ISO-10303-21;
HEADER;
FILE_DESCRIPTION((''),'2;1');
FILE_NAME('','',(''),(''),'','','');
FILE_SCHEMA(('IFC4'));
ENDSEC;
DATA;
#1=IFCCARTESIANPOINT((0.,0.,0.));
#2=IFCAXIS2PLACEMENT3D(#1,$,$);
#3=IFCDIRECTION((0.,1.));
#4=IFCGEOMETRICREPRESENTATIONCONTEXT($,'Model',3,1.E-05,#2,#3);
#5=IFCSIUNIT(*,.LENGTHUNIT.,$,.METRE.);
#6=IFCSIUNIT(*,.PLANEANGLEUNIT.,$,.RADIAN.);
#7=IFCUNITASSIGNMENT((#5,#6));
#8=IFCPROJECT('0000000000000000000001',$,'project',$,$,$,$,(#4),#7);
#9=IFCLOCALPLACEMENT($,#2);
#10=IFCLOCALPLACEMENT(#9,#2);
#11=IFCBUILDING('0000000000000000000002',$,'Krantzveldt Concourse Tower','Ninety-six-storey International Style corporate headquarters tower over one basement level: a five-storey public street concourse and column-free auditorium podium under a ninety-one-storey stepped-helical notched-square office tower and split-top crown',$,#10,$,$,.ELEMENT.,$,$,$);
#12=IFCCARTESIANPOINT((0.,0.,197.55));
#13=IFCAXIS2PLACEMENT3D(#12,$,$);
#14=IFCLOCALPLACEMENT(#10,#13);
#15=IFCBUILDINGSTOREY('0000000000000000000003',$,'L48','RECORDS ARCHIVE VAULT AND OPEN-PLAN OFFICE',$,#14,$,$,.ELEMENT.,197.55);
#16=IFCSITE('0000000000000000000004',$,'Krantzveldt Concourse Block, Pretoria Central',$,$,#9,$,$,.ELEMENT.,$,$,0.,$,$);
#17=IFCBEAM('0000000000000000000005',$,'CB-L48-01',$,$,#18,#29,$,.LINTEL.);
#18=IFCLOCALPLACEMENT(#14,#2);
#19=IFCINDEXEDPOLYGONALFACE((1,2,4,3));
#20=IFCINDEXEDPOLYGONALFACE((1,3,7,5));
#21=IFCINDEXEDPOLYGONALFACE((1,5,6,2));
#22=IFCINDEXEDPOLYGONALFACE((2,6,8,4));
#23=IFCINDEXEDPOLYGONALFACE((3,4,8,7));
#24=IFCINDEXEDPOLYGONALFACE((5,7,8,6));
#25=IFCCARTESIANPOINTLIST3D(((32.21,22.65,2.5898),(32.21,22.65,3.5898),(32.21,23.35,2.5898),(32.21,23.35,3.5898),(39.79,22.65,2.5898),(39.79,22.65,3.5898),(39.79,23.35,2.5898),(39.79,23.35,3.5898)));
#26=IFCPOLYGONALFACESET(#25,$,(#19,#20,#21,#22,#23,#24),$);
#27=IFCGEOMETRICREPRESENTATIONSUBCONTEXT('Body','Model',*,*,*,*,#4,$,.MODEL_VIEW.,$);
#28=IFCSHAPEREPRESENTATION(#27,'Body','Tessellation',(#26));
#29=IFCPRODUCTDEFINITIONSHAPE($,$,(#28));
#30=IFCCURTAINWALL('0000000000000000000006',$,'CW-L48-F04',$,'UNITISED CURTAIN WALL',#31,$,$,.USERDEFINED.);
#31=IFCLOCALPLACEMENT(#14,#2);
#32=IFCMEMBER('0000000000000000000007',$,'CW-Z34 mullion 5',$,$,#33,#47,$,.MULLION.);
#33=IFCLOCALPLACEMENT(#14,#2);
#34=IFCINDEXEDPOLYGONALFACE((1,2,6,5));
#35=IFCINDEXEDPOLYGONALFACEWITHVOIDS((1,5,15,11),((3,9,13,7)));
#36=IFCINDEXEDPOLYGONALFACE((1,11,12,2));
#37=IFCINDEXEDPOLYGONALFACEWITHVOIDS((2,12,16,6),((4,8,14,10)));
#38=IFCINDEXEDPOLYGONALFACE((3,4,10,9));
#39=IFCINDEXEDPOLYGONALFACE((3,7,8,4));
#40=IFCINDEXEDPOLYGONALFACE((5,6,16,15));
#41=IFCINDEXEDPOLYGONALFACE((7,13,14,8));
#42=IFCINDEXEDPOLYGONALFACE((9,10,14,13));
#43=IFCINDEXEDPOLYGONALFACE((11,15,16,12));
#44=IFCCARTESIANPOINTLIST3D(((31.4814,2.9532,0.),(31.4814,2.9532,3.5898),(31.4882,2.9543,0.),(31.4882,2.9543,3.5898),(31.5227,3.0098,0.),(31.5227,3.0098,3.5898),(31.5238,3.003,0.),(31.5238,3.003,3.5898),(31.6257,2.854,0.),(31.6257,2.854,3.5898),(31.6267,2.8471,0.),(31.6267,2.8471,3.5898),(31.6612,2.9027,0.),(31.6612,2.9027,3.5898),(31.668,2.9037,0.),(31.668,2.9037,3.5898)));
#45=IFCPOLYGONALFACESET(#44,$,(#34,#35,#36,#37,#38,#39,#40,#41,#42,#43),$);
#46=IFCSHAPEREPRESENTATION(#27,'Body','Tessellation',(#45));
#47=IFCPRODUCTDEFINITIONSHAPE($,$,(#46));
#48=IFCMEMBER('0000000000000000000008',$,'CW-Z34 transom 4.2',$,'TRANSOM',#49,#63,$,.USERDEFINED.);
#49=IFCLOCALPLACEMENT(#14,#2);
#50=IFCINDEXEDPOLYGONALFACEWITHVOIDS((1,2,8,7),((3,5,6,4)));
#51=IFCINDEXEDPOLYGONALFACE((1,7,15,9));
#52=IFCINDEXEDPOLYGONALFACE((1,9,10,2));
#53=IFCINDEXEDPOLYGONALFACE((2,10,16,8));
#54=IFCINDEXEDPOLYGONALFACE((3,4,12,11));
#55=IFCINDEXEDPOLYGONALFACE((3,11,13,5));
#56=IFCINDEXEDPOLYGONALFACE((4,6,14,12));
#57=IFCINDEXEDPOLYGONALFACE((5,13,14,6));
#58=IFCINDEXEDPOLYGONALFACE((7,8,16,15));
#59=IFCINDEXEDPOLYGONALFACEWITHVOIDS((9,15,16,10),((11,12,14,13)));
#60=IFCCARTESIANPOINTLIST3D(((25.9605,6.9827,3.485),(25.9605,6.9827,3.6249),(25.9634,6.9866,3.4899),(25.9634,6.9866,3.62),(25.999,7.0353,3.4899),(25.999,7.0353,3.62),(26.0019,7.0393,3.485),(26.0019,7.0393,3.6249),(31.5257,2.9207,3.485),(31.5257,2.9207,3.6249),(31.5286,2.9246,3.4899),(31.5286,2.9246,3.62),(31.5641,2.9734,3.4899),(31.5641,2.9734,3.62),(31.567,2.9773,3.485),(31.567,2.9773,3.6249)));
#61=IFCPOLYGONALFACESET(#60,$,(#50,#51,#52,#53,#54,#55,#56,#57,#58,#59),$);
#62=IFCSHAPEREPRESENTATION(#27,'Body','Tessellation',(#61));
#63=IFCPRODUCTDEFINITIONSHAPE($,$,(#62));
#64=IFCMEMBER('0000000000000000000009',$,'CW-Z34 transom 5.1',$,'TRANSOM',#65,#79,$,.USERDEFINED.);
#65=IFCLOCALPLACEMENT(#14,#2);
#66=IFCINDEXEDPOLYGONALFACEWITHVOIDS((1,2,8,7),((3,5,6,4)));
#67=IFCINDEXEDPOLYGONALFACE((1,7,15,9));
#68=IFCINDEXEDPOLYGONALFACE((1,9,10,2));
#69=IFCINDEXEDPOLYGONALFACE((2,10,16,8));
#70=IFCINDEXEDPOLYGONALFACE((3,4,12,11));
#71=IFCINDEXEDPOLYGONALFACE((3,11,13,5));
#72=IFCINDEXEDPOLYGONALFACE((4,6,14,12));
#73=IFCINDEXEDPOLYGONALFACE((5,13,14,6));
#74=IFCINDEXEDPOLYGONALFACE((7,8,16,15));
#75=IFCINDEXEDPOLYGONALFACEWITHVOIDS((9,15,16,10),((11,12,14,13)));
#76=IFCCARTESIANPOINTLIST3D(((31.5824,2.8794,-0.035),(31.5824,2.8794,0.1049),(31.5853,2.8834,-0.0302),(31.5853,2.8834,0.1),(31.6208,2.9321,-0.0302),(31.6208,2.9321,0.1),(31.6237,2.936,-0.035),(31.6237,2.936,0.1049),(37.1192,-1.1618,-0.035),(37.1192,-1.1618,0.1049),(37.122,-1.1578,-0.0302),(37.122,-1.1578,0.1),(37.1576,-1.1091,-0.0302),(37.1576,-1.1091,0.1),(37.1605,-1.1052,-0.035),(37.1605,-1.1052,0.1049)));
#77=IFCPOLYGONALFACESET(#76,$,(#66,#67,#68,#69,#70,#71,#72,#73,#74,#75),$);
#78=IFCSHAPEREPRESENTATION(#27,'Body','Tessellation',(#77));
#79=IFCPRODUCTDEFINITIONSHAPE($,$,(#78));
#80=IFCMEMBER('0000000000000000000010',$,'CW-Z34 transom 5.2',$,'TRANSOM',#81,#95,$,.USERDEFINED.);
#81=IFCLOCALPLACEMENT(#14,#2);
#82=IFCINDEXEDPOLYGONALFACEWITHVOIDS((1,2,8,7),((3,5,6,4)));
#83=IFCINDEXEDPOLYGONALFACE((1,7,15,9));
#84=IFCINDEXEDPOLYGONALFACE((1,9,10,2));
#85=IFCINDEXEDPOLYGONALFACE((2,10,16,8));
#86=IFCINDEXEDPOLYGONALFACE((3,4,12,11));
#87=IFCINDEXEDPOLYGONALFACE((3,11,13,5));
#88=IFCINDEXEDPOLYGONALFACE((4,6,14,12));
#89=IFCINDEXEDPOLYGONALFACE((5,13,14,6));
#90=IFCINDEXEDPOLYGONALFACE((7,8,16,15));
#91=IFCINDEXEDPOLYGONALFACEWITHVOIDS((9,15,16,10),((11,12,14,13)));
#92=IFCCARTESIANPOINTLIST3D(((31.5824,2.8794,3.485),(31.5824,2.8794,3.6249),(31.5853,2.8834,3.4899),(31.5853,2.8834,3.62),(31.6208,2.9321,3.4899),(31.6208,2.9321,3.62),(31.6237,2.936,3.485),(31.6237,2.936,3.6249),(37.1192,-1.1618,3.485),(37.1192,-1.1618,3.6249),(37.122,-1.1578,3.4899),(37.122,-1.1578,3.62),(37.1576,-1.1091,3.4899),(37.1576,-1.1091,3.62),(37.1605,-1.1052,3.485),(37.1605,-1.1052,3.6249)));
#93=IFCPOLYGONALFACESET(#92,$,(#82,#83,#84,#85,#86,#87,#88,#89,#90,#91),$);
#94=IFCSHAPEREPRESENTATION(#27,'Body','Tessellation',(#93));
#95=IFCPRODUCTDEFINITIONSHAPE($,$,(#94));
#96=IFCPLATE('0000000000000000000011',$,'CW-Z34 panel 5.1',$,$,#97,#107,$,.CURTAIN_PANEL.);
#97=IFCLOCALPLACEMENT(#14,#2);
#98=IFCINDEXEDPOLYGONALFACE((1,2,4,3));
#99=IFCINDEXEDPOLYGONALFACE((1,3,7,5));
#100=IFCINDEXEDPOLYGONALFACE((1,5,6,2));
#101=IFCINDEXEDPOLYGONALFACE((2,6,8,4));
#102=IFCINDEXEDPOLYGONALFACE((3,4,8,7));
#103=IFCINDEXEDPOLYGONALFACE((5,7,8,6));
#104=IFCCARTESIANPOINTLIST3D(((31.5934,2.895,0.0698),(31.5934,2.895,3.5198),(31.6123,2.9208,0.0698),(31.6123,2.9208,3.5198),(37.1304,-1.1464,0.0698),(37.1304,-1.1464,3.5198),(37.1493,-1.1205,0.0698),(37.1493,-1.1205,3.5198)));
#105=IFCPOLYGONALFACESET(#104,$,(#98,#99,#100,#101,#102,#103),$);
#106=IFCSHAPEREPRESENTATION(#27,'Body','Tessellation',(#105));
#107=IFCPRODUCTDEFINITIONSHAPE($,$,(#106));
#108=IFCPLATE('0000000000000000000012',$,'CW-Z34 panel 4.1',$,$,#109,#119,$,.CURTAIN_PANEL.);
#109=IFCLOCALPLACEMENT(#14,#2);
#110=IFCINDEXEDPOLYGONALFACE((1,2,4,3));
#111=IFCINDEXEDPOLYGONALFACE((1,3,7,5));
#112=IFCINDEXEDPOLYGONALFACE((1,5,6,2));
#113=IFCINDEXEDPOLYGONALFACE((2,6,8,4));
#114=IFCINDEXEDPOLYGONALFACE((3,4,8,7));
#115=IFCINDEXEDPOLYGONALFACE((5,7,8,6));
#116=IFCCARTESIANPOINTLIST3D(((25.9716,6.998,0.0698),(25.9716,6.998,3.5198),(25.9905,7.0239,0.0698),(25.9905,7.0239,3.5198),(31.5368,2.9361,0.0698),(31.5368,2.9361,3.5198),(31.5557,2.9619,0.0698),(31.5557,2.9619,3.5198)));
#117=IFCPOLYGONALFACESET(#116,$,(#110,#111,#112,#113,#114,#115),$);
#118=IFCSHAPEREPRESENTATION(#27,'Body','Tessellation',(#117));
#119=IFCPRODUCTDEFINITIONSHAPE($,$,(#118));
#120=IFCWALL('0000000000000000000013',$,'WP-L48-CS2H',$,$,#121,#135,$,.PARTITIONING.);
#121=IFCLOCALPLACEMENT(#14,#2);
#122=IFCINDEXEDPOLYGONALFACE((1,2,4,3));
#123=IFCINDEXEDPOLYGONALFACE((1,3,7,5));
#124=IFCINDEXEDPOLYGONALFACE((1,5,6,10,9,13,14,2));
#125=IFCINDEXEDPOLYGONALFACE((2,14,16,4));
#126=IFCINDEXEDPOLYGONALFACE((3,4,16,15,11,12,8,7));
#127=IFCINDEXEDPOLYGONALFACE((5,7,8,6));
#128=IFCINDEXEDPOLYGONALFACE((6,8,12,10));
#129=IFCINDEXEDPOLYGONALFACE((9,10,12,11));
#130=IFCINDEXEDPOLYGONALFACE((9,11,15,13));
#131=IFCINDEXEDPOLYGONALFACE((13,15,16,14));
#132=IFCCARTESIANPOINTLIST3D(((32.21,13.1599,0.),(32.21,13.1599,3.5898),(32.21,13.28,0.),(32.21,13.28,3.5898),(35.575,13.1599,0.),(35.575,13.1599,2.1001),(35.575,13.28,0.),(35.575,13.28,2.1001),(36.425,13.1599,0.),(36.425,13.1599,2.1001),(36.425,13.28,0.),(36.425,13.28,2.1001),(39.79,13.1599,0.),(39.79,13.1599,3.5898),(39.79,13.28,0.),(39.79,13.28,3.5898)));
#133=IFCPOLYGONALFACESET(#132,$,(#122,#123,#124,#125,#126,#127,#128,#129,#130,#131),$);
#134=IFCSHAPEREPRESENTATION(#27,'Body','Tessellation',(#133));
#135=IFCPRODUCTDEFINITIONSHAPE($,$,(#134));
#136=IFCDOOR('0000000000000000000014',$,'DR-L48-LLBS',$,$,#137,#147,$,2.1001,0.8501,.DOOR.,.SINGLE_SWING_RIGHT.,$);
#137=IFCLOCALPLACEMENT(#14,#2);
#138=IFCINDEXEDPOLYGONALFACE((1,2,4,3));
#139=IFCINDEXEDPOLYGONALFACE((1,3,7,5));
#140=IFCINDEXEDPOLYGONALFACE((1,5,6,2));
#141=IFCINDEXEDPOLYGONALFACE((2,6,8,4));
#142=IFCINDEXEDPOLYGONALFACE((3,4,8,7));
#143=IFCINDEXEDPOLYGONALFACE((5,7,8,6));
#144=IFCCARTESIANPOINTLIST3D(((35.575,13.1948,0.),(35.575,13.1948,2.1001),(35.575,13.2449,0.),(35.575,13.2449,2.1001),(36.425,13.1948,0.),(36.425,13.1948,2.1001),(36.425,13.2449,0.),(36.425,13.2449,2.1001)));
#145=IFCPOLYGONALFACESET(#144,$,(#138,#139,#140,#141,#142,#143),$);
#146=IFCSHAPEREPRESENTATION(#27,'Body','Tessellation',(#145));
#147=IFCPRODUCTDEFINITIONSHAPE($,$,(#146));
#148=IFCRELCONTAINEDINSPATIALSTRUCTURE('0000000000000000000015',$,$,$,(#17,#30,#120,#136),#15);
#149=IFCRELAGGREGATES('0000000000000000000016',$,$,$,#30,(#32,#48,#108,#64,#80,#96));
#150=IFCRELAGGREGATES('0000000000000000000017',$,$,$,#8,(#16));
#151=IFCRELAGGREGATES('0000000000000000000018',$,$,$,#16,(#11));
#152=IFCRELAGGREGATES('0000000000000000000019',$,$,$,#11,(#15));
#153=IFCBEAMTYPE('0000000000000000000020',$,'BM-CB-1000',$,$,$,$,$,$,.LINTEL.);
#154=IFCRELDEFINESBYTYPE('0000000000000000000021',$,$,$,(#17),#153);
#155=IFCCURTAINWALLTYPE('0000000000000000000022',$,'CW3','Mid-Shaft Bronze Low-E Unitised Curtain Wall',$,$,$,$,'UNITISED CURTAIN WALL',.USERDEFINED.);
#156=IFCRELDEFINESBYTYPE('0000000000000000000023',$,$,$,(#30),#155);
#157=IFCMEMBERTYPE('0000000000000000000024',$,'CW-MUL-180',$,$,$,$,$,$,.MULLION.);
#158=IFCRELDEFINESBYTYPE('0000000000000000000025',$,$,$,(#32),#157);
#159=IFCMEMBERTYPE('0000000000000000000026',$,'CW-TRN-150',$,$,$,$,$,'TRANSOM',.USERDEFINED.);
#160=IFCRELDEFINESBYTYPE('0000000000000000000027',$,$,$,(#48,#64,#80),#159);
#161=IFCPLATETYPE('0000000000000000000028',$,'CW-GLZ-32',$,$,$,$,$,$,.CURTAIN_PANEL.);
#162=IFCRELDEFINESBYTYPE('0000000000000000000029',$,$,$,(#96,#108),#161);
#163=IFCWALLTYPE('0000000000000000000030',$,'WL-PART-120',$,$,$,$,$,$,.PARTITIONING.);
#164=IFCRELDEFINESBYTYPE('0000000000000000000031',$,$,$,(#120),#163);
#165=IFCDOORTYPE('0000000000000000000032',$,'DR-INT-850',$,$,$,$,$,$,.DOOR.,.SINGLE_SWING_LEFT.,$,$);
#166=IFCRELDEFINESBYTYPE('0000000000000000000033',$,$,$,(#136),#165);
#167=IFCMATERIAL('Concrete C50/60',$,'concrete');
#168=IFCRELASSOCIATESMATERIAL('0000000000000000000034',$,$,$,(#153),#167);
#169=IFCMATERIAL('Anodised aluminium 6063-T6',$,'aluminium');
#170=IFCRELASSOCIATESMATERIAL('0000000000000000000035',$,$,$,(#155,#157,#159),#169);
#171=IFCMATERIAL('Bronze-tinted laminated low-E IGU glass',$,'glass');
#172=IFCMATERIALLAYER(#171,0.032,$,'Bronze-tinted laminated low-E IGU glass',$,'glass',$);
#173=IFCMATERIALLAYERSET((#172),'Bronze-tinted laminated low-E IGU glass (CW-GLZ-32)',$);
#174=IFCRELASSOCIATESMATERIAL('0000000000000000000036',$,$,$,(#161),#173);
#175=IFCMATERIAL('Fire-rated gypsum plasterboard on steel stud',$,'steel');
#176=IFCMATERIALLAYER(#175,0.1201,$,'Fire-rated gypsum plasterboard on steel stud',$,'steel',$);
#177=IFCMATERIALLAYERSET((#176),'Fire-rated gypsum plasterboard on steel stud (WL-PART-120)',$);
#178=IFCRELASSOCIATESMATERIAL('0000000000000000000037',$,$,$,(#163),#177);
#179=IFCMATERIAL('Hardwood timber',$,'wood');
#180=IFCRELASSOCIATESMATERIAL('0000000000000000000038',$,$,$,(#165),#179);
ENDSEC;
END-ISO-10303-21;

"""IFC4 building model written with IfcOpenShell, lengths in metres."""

from ifc_helpers import new_model, si_unit, direction, frame, frame_2d, origin, origin_2d, place, context, subcontext, project, spatial, rectangle, hollow_rectangle, extrude, source, transform, mapped, material, layer, layer_set, material_profile, profile_set, type_object, type_shapes, element, fill, aggregate, save


model = new_model("IFC4")

# Units and contexts
model_context = context("Model", 3, precision=1e-05, world=origin(), true_north=direction((0.0, 1.0)))
body_context = subcontext(model_context, "Body", "Model", "MODEL_VIEW")
ifc_project = project(units=[si_unit("LENGTHUNIT", "METRE"), si_unit("PLANEANGLEUNIT", "RADIAN")], contexts=[model_context])

# Site, building, storey
site_placement = place(None, origin())
site = spatial("IfcSite", under=ifc_project, at=site_placement, Name="Krantzveldt Concourse Block, Pretoria Central", CompositionType="ELEMENT", RefElevation=0.0)
building_placement = place(site_placement, origin())
building = spatial("IfcBuilding", under=site, at=building_placement, Name="Krantzveldt Concourse Tower", Description="Ninety-six-storey International Style corporate headquarters tower over one basement level: a five-storey public street concourse and column-free auditorium podium under a ninety-one-storey stepped-helical notched-square office tower and split-top crown", CompositionType="ELEMENT")
storey_placement = place(building_placement, frame((0.0, 0.0, 197.55)))
storey = spatial("IfcBuildingStorey", under=building, at=storey_placement, Name="L48", Description="RECORDS ARCHIVE VAULT AND OPEN-PLAN OFFICE", CompositionType="ELEMENT", Elevation=197.55)

# Beam
ifc_material_1 = material(Name="Concrete C50/60", Category="concrete")
ifc_material_profile_1 = material_profile(ifc_material_1, rectangle(XDim=0.7, YDim=1.0, at=origin_2d()), Name="Concrete C50/60", Category="concrete")
ifc_profile_set_1 = profile_set([ifc_material_profile_1], Name="Concrete C50/60 - RC-CB 700x1000")
beam_type = type_object("IfcBeamType", Name="BM-CB-1000", PredefinedType="LINTEL", material=ifc_profile_set_1)
shared_shape_1 = source(origin(), body_context, "Body", "SweptSolid", [
    extrude(rectangle(XDim=0.7, YDim=1.0, at=origin_2d()), origin(), (0.0, 0.0, 1.0), 7.5801),
])
type_shapes(beam_type, [shared_shape_1])
beam_placement = place(storey_placement, frame((32.21, 23.0, 3.0898), z_axis=(1.0, 0.0, 0.0), x_axis=(0.0, 1.0, 0.0)))
element("IfcBeam", 1, at=beam_placement, inside=storey, type_object=beam_type, Name="CB-L48-01", PredefinedType="LINTEL", context=body_context, shape_type="MappedRepresentation", body=[
    mapped(shared_shape_1, transform((0.0, 0.0, 0.0), x_axis=(1.0, 0.0, 0.0), y_axis=(0.0, 1.0, 0.0), z_axis=(0.0, 0.0, 1.0), scale=1.0)),
])

# Curtain wall, members, plates
ifc_material_2 = material(Name="Anodised aluminium 6063-T6", Category="aluminium")
curtain_wall_type = type_object("IfcCurtainWallType", Name="CW3", Description="Mid-Shaft Bronze Low-E Unitised Curtain Wall", ElementType="UNITISED CURTAIN WALL", PredefinedType="USERDEFINED", material=ifc_material_2)
curtain_wall_placement = place(storey_placement, origin())
curtain_wall = element("IfcCurtainWall", 2, at=curtain_wall_placement, inside=storey, type_object=curtain_wall_type, Name="CW-L48-F04", ObjectType="UNITISED CURTAIN WALL", PredefinedType="USERDEFINED")
ifc_material_profile_2 = material_profile(ifc_material_2, hollow_rectangle(XDim=0.0701, YDim=0.1799, WallThickness=0.0049, at=origin_2d()), Name="Anodised aluminium 6063-T6", Category="aluminium")
ifc_profile_set_2 = profile_set([ifc_material_profile_2], Name="Anodised aluminium 6063-T6 - ALU-MULL 180x70x5")
member_type_1 = type_object("IfcMemberType", Name="CW-MUL-180", PredefinedType="MULLION", material=ifc_profile_set_2)
shared_shape_2 = source(origin(), body_context, "Body", "SweptSolid", [
    extrude(hollow_rectangle(XDim=0.0701, YDim=0.1799, WallThickness=0.0049, at=origin_2d()), origin(), (0.0, 0.0, 1.0), 3.5898),
])
type_shapes(member_type_1, [shared_shape_2])
member_1_placement = place(storey_placement, frame((31.5747, 2.9285, 0.0), z_axis=(0.0, 0.0, 1.0), x_axis=(0.589549, 0.807733, 0.0)))
member_1 = element("IfcMember", 3, at=member_1_placement, type_object=member_type_1, Name="CW-Z34 mullion 5", PredefinedType="MULLION", context=body_context, shape_type="MappedRepresentation", body=[
    mapped(shared_shape_2, transform((0.0, 0.0, 0.0), x_axis=(1.0, 0.0, 0.0), y_axis=(0.0, 1.0, 0.0), z_axis=(0.0, 0.0, 1.0), scale=1.0)),
])
ifc_material_profile_3 = material_profile(ifc_material_2, hollow_rectangle(XDim=0.0701, YDim=0.1399, WallThickness=0.0049, at=origin_2d()), Name="Anodised aluminium 6063-T6", Category="aluminium")
ifc_profile_set_3 = profile_set([ifc_material_profile_3], Name="Anodised aluminium 6063-T6 - ALU-TRAN 140x70x5")
member_type_2 = type_object("IfcMemberType", Name="CW-TRN-150", ElementType="TRANSOM", PredefinedType="USERDEFINED", material=ifc_profile_set_3)
shared_shape_3 = source(origin(), body_context, "Body", "SweptSolid", [
    extrude(hollow_rectangle(XDim=0.0701, YDim=0.1399, WallThickness=0.0049, at=origin_2d()), origin(), (0.0, 0.0, 1.0), 6.8899),
])
member_2_placement = place(storey_placement, frame((25.9812, 7.011, 3.5549), z_axis=(0.807727, -0.589557, 0.0), x_axis=(0.589557, 0.807727, 0.0)))
member_2 = element("IfcMember", 4, at=member_2_placement, type_object=member_type_2, Name="CW-Z34 transom 4.2", ObjectType="TRANSOM", PredefinedType="USERDEFINED", context=body_context, shape_type="MappedRepresentation", body=[
    mapped(shared_shape_3, transform((0.0, 0.0, 0.0), x_axis=(1.0, 0.0, 0.0), y_axis=(0.0, 1.0, 0.0), z_axis=(0.0, 0.0, 1.0), scale=1.0)),
])
shared_shape_4 = source(origin(), body_context, "Body", "SweptSolid", [
    extrude(hollow_rectangle(XDim=0.0701, YDim=0.1399, WallThickness=0.0049, at=origin_2d()), origin(), (0.0, 0.0, 1.0), 6.8547),
])
type_shapes(member_type_2, [shared_shape_3, shared_shape_4])
member_3_placement = place(storey_placement, frame((31.603, 2.9077, 0.0349), z_axis=(0.807732, -0.589549, 0.0), x_axis=(0.589549, 0.807732, 0.0)))
member_3 = element("IfcMember", 5, at=member_3_placement, type_object=member_type_2, Name="CW-Z34 transom 5.1", ObjectType="TRANSOM", PredefinedType="USERDEFINED", context=body_context, shape_type="MappedRepresentation", body=[
    mapped(shared_shape_4, transform((0.0, 0.0, 0.0), x_axis=(1.0, 0.0, 0.0), y_axis=(0.0, 1.0, 0.0), z_axis=(0.0, 0.0, 1.0), scale=1.0)),
])
member_4_placement = place(storey_placement, frame((31.603, 2.9077, 3.5549), z_axis=(0.807732, -0.589549, 0.0), x_axis=(0.589549, 0.807732, 0.0)))
member_4 = element("IfcMember", 6, at=member_4_placement, type_object=member_type_2, Name="CW-Z34 transom 5.2", ObjectType="TRANSOM", PredefinedType="USERDEFINED", context=body_context, shape_type="MappedRepresentation", body=[
    mapped(shared_shape_4, transform((0.0, 0.0, 0.0), x_axis=(1.0, 0.0, 0.0), y_axis=(0.0, 1.0, 0.0), z_axis=(0.0, 0.0, 1.0), scale=1.0)),
])
ifc_material_3 = material(Name="Bronze-tinted laminated low-E IGU glass", Category="glass")
ifc_layer_1 = layer(ifc_material_3, 0.032, Name="Bronze-tinted laminated low-E IGU glass", Category="glass")
ifc_layer_set_1 = layer_set([ifc_layer_1], Name="Bronze-tinted laminated low-E IGU glass (CW-GLZ-32)")
plate_type = type_object("IfcPlateType", Name="CW-GLZ-32", PredefinedType="CURTAIN_PANEL", material=ifc_layer_set_1)
shared_shape_5 = source(origin(), body_context, "Body", "SweptSolid", [
    extrude(rectangle(XDim=6.855, YDim=0.032, at=origin_2d()), origin(), (0.0, 0.0, 1.0), 3.45),
])
plate_1_placement = place(storey_placement, frame((34.3713, 0.8872, 0.0698), z_axis=(0.0, 0.0, 1.0), x_axis=(0.807733, -0.589549, 0.0)))
plate_1 = element("IfcPlate", 7, at=plate_1_placement, type_object=plate_type, Name="CW-Z34 panel 5.1", PredefinedType="CURTAIN_PANEL", context=body_context, shape_type="MappedRepresentation", body=[
    mapped(shared_shape_5, transform((0.0, 0.0, 0.0), x_axis=(1.0, 0.0, 0.0), y_axis=(0.0, 1.0, 0.0), z_axis=(0.0, 0.0, 1.0), scale=1.0)),
])
shared_shape_6 = source(origin(), body_context, "Body", "SweptSolid", [
    extrude(rectangle(XDim=6.8899, YDim=0.032, at=origin_2d()), origin(), (0.0, 0.0, 1.0), 3.45),
])
type_shapes(plate_type, [shared_shape_5, shared_shape_6])
plate_2_placement = place(storey_placement, frame((28.7637, 4.98, 0.0698), z_axis=(0.0, 0.0, 1.0), x_axis=(0.807733, -0.589549, 0.0)))
plate_2 = element("IfcPlate", 8, at=plate_2_placement, type_object=plate_type, Name="CW-Z34 panel 4.1", PredefinedType="CURTAIN_PANEL", context=body_context, shape_type="MappedRepresentation", body=[
    mapped(shared_shape_6, transform((0.0, 0.0, 0.0), x_axis=(1.0, 0.0, 0.0), y_axis=(0.0, 1.0, 0.0), z_axis=(0.0, 0.0, 1.0), scale=1.0)),
])
aggregate(curtain_wall, [member_1, member_2, plate_2, member_3, member_4, plate_1])

# Wall, opening, door
ifc_material_4 = material(Name="Fire-rated gypsum plasterboard on steel stud", Category="steel")
ifc_layer_2 = layer(ifc_material_4, 0.1201, Name="Fire-rated gypsum plasterboard on steel stud", Category="steel")
ifc_layer_set_2 = layer_set([ifc_layer_2], Name="Fire-rated gypsum plasterboard on steel stud (WL-PART-120)")
wall_type_1 = type_object("IfcWallType", Name="WL-PART-120", PredefinedType="PARTITIONING", material=ifc_layer_set_2)
wall_1_placement = place(storey_placement, frame((32.21, 13.22, 0.0), z_axis=(0.0, 0.0, 1.0), x_axis=(1.0, 0.0, 0.0)))
wall_1 = element("IfcWall", 9, at=wall_1_placement, inside=storey, type_object=wall_type_1, Name="WP-L48-CS2H", PredefinedType="PARTITIONING", context=body_context, shape_type="SweptSolid", body=[
    extrude(rectangle(XDim=7.5801, YDim=0.1201, at=frame_2d((3.79, 0.0))), origin(), (0.0, 0.0, 1.0), 3.5898),
])
opening_1_placement = place(wall_1_placement, frame((3.365, 0.0, 0.0)))
opening_1 = element("IfcOpeningElement", 10, at=opening_1_placement, cuts=wall_1, PredefinedType="OPENING", context=body_context, shape_type="SweptSolid", body=[
    extrude(rectangle(XDim=0.8501, YDim=2.1001, at=frame_2d((0.425, 1.05))), frame((0.0, 0.0701, 0.0), z_axis=(0.0, -1.0, 0.0), x_axis=(1.0, 0.0, 0.0)), (0.0, 0.0, 1.0), 0.1401),
])
ifc_material_5 = material(Name="Hardwood timber", Category="wood")
door_type_1 = type_object("IfcDoorType", Name="DR-INT-850", OperationType="SINGLE_SWING_LEFT", PredefinedType="DOOR", material=ifc_material_5)
door_1_placement = place(opening_1_placement, origin())
door_1 = element("IfcDoor", 11, at=door_1_placement, inside=storey, type_object=door_type_1, Name="DR-L48-LLBS", OperationType="SINGLE_SWING_RIGHT", OverallHeight=2.1001, OverallWidth=0.8501, PredefinedType="DOOR", context=body_context, shape_type="SweptSolid", body=[
    extrude(rectangle(XDim=0.8501, YDim=2.1001, at=frame_2d((0.425, 1.05))), frame((0.0, 0.0249, 0.0), z_axis=(0.0, -1.0, 0.0), x_axis=(1.0, 0.0, 0.0)), (0.0, 0.0, 1.0), 0.05),
])
fill(opening_1, door_1)

save(model, "model.ifc")
